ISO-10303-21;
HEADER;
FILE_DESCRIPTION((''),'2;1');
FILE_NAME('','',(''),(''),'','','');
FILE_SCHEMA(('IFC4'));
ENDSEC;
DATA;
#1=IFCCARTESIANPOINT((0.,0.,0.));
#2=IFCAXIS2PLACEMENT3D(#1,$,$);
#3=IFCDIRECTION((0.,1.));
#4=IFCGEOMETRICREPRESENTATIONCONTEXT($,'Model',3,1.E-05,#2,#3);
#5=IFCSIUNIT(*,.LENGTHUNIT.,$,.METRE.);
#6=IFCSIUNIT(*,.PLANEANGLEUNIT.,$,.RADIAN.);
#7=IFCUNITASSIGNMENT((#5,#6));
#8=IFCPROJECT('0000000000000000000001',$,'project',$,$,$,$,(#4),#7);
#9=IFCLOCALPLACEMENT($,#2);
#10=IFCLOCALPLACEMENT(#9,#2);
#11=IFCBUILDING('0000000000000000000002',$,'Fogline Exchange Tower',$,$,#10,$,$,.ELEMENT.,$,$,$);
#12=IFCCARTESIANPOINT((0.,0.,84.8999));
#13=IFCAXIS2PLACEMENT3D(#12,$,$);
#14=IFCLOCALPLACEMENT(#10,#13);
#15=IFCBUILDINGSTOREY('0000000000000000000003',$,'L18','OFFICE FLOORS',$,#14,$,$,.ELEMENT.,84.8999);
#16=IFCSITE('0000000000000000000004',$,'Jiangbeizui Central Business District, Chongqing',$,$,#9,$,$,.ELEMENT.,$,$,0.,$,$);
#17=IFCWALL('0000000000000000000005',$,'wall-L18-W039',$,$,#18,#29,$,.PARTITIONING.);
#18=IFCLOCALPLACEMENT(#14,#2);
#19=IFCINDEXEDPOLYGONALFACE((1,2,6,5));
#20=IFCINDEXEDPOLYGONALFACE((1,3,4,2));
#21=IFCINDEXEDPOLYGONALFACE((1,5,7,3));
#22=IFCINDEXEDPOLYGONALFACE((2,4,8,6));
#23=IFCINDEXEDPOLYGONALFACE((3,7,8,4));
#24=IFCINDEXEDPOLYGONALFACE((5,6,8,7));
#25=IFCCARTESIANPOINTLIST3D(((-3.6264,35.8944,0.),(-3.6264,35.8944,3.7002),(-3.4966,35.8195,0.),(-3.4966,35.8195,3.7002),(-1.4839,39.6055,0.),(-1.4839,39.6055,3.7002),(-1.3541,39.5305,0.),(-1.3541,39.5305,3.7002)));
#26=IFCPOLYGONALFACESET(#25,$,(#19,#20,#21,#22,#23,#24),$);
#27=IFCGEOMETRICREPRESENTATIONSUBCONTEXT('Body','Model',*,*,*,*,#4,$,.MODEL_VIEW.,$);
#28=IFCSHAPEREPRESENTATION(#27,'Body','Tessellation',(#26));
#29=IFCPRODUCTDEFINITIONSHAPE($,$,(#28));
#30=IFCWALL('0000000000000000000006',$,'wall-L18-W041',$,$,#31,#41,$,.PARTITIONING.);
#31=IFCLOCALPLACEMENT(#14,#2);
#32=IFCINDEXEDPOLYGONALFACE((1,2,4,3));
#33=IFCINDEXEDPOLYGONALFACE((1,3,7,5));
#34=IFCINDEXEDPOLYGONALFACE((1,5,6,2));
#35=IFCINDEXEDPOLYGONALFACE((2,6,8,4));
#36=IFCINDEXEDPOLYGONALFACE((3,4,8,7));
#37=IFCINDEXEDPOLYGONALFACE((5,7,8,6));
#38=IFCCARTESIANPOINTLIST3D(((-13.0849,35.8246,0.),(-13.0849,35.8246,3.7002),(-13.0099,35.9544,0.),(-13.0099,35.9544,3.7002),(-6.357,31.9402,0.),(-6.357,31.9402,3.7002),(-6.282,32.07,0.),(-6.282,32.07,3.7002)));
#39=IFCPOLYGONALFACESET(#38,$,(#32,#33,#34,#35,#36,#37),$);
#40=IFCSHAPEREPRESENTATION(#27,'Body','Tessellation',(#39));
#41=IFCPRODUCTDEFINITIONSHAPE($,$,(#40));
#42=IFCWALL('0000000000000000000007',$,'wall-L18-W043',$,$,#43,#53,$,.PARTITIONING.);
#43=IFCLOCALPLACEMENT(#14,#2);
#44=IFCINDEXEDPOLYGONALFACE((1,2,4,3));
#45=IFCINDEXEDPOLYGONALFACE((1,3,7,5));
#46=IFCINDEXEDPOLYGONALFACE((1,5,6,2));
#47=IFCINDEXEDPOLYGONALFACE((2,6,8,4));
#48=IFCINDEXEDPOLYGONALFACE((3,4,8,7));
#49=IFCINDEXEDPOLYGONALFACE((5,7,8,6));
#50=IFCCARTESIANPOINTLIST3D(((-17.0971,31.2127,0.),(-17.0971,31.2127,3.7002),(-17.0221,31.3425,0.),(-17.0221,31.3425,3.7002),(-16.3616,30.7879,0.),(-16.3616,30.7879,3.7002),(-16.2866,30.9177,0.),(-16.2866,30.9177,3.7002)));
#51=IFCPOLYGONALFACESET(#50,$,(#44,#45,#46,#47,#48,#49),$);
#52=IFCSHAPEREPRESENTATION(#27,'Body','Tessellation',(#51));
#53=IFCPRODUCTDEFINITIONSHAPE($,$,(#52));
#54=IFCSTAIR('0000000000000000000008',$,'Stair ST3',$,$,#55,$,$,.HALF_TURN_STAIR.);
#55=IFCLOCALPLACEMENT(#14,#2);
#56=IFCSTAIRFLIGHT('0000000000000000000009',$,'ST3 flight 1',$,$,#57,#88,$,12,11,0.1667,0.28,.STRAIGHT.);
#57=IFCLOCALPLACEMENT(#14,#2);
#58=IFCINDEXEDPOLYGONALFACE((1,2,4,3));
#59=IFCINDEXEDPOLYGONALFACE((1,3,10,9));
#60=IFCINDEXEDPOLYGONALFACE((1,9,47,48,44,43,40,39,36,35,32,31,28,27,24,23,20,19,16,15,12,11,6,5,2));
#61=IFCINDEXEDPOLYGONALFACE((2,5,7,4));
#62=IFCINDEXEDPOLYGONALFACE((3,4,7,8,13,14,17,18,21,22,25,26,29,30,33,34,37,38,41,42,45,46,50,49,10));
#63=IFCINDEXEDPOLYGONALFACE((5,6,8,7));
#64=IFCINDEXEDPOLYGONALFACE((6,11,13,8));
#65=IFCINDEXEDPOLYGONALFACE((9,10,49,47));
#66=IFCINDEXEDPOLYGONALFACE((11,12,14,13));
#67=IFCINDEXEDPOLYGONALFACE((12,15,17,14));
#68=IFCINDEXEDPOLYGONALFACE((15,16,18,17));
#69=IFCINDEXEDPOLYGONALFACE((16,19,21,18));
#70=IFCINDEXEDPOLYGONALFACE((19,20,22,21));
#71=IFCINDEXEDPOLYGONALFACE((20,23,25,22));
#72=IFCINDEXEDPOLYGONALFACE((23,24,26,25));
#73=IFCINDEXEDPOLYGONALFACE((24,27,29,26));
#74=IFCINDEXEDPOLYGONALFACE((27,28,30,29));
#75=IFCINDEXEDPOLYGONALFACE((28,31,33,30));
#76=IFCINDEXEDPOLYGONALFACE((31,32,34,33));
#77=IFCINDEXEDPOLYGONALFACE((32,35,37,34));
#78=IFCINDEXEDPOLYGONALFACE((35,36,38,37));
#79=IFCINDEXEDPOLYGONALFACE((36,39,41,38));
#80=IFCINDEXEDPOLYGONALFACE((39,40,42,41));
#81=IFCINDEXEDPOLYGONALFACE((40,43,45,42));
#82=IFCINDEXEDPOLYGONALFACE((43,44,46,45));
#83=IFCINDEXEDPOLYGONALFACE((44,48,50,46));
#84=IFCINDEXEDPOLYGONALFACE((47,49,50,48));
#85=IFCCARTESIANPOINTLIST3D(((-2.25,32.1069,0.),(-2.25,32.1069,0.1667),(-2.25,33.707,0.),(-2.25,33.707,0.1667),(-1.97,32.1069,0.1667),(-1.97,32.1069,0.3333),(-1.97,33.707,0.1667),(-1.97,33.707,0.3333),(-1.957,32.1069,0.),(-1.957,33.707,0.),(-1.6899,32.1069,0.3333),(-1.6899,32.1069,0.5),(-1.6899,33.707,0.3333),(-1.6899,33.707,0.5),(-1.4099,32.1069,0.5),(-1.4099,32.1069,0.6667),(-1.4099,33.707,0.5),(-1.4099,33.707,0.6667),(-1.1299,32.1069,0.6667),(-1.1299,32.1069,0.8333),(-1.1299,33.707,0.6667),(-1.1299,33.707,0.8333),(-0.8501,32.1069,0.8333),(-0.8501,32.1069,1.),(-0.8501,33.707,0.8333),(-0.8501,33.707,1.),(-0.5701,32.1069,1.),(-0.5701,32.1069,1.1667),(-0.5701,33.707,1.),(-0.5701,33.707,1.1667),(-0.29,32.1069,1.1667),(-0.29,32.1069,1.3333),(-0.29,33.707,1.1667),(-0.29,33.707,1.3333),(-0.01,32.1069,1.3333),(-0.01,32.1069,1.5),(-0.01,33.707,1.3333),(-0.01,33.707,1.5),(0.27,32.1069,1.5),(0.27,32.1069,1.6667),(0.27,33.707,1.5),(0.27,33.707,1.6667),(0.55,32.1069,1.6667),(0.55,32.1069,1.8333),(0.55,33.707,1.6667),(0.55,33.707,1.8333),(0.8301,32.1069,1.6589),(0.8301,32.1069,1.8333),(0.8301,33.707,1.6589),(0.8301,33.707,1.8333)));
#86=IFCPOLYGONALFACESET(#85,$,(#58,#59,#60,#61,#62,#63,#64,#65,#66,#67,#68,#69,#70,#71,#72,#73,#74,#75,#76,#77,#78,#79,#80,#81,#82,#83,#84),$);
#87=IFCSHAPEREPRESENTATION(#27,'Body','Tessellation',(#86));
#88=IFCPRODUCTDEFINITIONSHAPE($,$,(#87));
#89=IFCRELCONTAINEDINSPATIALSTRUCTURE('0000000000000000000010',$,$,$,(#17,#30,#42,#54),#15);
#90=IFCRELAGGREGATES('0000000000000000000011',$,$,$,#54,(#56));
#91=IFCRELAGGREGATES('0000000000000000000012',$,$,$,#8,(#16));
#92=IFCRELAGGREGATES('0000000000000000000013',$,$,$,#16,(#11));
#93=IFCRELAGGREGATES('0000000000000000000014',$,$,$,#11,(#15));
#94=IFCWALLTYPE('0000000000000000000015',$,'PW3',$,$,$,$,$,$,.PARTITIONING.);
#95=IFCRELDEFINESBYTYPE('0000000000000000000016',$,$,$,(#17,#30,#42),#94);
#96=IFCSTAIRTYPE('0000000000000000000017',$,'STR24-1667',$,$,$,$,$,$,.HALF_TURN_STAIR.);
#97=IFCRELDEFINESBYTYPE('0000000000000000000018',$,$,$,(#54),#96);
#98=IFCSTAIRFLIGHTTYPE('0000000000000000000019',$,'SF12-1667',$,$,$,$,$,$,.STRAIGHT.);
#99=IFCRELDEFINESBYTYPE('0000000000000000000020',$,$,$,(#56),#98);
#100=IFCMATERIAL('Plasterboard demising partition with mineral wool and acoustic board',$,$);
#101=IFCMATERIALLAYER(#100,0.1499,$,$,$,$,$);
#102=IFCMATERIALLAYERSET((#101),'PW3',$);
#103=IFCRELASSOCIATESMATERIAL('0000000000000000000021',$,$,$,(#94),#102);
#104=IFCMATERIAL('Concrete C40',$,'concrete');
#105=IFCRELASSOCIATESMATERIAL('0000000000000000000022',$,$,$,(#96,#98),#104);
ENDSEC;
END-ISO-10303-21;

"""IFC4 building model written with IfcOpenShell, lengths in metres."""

from ifc_helpers import new_model, si_unit, direction, frame, frame_2d, origin, place, context, subcontext, project, spatial, polyline, rectangle, outline, extrude, material, layer, layer_set, type_object, element, aggregate, save


model = new_model("IFC4")

# Units and contexts
model_context = context("Model", 3, precision=1e-05, world=origin(), true_north=direction((0.0, 1.0)))
body_context = subcontext(model_context, "Body", "Model", "MODEL_VIEW")
ifc_project = project(units=[si_unit("LENGTHUNIT", "METRE"), si_unit("PLANEANGLEUNIT", "RADIAN")], contexts=[model_context])

# Site, building, storey
site_placement = place(None, origin())
site = spatial("IfcSite", under=ifc_project, at=site_placement, Name="Jiangbeizui Central Business District, Chongqing", CompositionType="ELEMENT", RefElevation=0.0)
building_placement = place(site_placement, origin())
building = spatial("IfcBuilding", under=site, at=building_placement, Name="Fogline Exchange Tower", CompositionType="ELEMENT")
storey_placement = place(building_placement, frame((0.0, 0.0, 84.8999)))
storey = spatial("IfcBuildingStorey", under=building, at=storey_placement, Name="L18", Description="OFFICE FLOORS", CompositionType="ELEMENT", Elevation=84.8999)

# Shared definitions
ifc_material_1 = material(Name="Concrete C40", Category="concrete")

# Walls
ifc_material_2 = material(Name="Plasterboard demising partition with mineral wool and acoustic board")
ifc_layer_1 = layer(ifc_material_2, 0.1499)
ifc_layer_set_1 = layer_set([ifc_layer_1], Name="PW3")
wall_type_1 = type_object("IfcWallType", Name="PW3", PredefinedType="PARTITIONING", material=ifc_layer_set_1)
wall_1_placement = place(storey_placement, frame((-3.5615, 35.8569, 0.0), z_axis=(0.0, 0.0, 1.0), x_axis=(0.499987, 0.866033, 0.0)))
element("IfcWall", 1, at=wall_1_placement, inside=storey, type_object=wall_type_1, Name="wall-L18-W039", PredefinedType="PARTITIONING", context=body_context, shape_type="SweptSolid", body=[
    extrude(rectangle(XDim=4.2852, YDim=0.1499, at=frame_2d((2.1426, 0.0))), origin(), (0.0, 0.0, 1.0), 3.7002),
])
wall_2_placement = place(storey_placement, frame((-6.3196, 32.0051, 0.0), z_axis=(0.0, 0.0, 1.0), x_axis=(-0.86602, 0.500009, 0.0)))
element("IfcWall", 2, at=wall_2_placement, inside=storey, type_object=wall_type_1, Name="wall-L18-W041", PredefinedType="PARTITIONING", context=body_context, shape_type="SweptSolid", body=[
    extrude(rectangle(XDim=7.7688, YDim=0.1499, at=frame_2d((3.8843, 0.0))), origin(), (0.0, 0.0, 1.0), 3.7002),
])
wall_3_placement = place(storey_placement, frame((-16.324, 30.8528, 0.0), z_axis=(0.0, 0.0, 1.0), x_axis=(-0.86597, 0.500096, 0.0)))
element("IfcWall", 3, at=wall_3_placement, inside=storey, type_object=wall_type_1, Name="wall-L18-W043", PredefinedType="PARTITIONING", context=body_context, shape_type="SweptSolid", body=[
    extrude(rectangle(XDim=0.8494, YDim=0.1499, at=frame_2d((0.4248, 0.0))), origin(), (0.0, 0.0, 1.0), 3.7002),
])

# Stair, stair flight
stair_type = type_object("IfcStairType", Name="STR24-1667", PredefinedType="HALF_TURN_STAIR", material=ifc_material_1)
stair_placement = place(storey_placement, origin())
stair = element("IfcStair", 4, at=stair_placement, inside=storey, type_object=stair_type, Name="Stair ST3", PredefinedType="HALF_TURN_STAIR")
stair_flight_type = type_object("IfcStairFlightType", Name="SF12-1667", PredefinedType="STRAIGHT", material=ifc_material_1)
stair_flight_placement = place(storey_placement, frame((-2.25, 32.907, 0.0), z_axis=(0.0, 0.0, 1.0), x_axis=(1.0, 0.0, 0.0)))
stair_flight = element("IfcStairFlight", 5, at=stair_flight_placement, type_object=stair_flight_type, Name="ST3 flight 1", NumberOfRisers=12, NumberOfTreads=11, PredefinedType="STRAIGHT", RiserHeight=0.1667, TreadLength=0.28, context=body_context, shape_type="SweptSolid", body=[
    extrude(outline(polyline([(0.0, 0.0), (0.0, 0.1667), (0.28, 0.1667), (0.28, 0.3333), (0.5601, 0.3333), (0.5601, 0.5), (0.8401, 0.5), (0.8401, 0.6667), (1.1201, 0.6667), (1.1201, 0.8333), (1.3999, 0.8333), (1.3999, 1.0), (1.6799, 1.0), (1.6799, 1.1667), (1.96, 1.1667), (1.96, 1.3333), (2.24, 1.3333), (2.24, 1.5), (2.52, 1.5), (2.52, 1.6667), (2.8, 1.6667), (2.8, 1.8333), (3.0801, 1.8333), (3.0801, 2.0), (3.0801, 1.6589), (0.293, 0.0), (0.0, 0.0)])), frame((0.0, 0.8, 0.0), z_axis=(0.0, -1.0, 0.0), x_axis=(1.0, 0.0, 0.0)), (0.0, 0.0, 1.0), 1.6001),
])
aggregate(stair, [stair_flight])

save(model, "model.ifc")
